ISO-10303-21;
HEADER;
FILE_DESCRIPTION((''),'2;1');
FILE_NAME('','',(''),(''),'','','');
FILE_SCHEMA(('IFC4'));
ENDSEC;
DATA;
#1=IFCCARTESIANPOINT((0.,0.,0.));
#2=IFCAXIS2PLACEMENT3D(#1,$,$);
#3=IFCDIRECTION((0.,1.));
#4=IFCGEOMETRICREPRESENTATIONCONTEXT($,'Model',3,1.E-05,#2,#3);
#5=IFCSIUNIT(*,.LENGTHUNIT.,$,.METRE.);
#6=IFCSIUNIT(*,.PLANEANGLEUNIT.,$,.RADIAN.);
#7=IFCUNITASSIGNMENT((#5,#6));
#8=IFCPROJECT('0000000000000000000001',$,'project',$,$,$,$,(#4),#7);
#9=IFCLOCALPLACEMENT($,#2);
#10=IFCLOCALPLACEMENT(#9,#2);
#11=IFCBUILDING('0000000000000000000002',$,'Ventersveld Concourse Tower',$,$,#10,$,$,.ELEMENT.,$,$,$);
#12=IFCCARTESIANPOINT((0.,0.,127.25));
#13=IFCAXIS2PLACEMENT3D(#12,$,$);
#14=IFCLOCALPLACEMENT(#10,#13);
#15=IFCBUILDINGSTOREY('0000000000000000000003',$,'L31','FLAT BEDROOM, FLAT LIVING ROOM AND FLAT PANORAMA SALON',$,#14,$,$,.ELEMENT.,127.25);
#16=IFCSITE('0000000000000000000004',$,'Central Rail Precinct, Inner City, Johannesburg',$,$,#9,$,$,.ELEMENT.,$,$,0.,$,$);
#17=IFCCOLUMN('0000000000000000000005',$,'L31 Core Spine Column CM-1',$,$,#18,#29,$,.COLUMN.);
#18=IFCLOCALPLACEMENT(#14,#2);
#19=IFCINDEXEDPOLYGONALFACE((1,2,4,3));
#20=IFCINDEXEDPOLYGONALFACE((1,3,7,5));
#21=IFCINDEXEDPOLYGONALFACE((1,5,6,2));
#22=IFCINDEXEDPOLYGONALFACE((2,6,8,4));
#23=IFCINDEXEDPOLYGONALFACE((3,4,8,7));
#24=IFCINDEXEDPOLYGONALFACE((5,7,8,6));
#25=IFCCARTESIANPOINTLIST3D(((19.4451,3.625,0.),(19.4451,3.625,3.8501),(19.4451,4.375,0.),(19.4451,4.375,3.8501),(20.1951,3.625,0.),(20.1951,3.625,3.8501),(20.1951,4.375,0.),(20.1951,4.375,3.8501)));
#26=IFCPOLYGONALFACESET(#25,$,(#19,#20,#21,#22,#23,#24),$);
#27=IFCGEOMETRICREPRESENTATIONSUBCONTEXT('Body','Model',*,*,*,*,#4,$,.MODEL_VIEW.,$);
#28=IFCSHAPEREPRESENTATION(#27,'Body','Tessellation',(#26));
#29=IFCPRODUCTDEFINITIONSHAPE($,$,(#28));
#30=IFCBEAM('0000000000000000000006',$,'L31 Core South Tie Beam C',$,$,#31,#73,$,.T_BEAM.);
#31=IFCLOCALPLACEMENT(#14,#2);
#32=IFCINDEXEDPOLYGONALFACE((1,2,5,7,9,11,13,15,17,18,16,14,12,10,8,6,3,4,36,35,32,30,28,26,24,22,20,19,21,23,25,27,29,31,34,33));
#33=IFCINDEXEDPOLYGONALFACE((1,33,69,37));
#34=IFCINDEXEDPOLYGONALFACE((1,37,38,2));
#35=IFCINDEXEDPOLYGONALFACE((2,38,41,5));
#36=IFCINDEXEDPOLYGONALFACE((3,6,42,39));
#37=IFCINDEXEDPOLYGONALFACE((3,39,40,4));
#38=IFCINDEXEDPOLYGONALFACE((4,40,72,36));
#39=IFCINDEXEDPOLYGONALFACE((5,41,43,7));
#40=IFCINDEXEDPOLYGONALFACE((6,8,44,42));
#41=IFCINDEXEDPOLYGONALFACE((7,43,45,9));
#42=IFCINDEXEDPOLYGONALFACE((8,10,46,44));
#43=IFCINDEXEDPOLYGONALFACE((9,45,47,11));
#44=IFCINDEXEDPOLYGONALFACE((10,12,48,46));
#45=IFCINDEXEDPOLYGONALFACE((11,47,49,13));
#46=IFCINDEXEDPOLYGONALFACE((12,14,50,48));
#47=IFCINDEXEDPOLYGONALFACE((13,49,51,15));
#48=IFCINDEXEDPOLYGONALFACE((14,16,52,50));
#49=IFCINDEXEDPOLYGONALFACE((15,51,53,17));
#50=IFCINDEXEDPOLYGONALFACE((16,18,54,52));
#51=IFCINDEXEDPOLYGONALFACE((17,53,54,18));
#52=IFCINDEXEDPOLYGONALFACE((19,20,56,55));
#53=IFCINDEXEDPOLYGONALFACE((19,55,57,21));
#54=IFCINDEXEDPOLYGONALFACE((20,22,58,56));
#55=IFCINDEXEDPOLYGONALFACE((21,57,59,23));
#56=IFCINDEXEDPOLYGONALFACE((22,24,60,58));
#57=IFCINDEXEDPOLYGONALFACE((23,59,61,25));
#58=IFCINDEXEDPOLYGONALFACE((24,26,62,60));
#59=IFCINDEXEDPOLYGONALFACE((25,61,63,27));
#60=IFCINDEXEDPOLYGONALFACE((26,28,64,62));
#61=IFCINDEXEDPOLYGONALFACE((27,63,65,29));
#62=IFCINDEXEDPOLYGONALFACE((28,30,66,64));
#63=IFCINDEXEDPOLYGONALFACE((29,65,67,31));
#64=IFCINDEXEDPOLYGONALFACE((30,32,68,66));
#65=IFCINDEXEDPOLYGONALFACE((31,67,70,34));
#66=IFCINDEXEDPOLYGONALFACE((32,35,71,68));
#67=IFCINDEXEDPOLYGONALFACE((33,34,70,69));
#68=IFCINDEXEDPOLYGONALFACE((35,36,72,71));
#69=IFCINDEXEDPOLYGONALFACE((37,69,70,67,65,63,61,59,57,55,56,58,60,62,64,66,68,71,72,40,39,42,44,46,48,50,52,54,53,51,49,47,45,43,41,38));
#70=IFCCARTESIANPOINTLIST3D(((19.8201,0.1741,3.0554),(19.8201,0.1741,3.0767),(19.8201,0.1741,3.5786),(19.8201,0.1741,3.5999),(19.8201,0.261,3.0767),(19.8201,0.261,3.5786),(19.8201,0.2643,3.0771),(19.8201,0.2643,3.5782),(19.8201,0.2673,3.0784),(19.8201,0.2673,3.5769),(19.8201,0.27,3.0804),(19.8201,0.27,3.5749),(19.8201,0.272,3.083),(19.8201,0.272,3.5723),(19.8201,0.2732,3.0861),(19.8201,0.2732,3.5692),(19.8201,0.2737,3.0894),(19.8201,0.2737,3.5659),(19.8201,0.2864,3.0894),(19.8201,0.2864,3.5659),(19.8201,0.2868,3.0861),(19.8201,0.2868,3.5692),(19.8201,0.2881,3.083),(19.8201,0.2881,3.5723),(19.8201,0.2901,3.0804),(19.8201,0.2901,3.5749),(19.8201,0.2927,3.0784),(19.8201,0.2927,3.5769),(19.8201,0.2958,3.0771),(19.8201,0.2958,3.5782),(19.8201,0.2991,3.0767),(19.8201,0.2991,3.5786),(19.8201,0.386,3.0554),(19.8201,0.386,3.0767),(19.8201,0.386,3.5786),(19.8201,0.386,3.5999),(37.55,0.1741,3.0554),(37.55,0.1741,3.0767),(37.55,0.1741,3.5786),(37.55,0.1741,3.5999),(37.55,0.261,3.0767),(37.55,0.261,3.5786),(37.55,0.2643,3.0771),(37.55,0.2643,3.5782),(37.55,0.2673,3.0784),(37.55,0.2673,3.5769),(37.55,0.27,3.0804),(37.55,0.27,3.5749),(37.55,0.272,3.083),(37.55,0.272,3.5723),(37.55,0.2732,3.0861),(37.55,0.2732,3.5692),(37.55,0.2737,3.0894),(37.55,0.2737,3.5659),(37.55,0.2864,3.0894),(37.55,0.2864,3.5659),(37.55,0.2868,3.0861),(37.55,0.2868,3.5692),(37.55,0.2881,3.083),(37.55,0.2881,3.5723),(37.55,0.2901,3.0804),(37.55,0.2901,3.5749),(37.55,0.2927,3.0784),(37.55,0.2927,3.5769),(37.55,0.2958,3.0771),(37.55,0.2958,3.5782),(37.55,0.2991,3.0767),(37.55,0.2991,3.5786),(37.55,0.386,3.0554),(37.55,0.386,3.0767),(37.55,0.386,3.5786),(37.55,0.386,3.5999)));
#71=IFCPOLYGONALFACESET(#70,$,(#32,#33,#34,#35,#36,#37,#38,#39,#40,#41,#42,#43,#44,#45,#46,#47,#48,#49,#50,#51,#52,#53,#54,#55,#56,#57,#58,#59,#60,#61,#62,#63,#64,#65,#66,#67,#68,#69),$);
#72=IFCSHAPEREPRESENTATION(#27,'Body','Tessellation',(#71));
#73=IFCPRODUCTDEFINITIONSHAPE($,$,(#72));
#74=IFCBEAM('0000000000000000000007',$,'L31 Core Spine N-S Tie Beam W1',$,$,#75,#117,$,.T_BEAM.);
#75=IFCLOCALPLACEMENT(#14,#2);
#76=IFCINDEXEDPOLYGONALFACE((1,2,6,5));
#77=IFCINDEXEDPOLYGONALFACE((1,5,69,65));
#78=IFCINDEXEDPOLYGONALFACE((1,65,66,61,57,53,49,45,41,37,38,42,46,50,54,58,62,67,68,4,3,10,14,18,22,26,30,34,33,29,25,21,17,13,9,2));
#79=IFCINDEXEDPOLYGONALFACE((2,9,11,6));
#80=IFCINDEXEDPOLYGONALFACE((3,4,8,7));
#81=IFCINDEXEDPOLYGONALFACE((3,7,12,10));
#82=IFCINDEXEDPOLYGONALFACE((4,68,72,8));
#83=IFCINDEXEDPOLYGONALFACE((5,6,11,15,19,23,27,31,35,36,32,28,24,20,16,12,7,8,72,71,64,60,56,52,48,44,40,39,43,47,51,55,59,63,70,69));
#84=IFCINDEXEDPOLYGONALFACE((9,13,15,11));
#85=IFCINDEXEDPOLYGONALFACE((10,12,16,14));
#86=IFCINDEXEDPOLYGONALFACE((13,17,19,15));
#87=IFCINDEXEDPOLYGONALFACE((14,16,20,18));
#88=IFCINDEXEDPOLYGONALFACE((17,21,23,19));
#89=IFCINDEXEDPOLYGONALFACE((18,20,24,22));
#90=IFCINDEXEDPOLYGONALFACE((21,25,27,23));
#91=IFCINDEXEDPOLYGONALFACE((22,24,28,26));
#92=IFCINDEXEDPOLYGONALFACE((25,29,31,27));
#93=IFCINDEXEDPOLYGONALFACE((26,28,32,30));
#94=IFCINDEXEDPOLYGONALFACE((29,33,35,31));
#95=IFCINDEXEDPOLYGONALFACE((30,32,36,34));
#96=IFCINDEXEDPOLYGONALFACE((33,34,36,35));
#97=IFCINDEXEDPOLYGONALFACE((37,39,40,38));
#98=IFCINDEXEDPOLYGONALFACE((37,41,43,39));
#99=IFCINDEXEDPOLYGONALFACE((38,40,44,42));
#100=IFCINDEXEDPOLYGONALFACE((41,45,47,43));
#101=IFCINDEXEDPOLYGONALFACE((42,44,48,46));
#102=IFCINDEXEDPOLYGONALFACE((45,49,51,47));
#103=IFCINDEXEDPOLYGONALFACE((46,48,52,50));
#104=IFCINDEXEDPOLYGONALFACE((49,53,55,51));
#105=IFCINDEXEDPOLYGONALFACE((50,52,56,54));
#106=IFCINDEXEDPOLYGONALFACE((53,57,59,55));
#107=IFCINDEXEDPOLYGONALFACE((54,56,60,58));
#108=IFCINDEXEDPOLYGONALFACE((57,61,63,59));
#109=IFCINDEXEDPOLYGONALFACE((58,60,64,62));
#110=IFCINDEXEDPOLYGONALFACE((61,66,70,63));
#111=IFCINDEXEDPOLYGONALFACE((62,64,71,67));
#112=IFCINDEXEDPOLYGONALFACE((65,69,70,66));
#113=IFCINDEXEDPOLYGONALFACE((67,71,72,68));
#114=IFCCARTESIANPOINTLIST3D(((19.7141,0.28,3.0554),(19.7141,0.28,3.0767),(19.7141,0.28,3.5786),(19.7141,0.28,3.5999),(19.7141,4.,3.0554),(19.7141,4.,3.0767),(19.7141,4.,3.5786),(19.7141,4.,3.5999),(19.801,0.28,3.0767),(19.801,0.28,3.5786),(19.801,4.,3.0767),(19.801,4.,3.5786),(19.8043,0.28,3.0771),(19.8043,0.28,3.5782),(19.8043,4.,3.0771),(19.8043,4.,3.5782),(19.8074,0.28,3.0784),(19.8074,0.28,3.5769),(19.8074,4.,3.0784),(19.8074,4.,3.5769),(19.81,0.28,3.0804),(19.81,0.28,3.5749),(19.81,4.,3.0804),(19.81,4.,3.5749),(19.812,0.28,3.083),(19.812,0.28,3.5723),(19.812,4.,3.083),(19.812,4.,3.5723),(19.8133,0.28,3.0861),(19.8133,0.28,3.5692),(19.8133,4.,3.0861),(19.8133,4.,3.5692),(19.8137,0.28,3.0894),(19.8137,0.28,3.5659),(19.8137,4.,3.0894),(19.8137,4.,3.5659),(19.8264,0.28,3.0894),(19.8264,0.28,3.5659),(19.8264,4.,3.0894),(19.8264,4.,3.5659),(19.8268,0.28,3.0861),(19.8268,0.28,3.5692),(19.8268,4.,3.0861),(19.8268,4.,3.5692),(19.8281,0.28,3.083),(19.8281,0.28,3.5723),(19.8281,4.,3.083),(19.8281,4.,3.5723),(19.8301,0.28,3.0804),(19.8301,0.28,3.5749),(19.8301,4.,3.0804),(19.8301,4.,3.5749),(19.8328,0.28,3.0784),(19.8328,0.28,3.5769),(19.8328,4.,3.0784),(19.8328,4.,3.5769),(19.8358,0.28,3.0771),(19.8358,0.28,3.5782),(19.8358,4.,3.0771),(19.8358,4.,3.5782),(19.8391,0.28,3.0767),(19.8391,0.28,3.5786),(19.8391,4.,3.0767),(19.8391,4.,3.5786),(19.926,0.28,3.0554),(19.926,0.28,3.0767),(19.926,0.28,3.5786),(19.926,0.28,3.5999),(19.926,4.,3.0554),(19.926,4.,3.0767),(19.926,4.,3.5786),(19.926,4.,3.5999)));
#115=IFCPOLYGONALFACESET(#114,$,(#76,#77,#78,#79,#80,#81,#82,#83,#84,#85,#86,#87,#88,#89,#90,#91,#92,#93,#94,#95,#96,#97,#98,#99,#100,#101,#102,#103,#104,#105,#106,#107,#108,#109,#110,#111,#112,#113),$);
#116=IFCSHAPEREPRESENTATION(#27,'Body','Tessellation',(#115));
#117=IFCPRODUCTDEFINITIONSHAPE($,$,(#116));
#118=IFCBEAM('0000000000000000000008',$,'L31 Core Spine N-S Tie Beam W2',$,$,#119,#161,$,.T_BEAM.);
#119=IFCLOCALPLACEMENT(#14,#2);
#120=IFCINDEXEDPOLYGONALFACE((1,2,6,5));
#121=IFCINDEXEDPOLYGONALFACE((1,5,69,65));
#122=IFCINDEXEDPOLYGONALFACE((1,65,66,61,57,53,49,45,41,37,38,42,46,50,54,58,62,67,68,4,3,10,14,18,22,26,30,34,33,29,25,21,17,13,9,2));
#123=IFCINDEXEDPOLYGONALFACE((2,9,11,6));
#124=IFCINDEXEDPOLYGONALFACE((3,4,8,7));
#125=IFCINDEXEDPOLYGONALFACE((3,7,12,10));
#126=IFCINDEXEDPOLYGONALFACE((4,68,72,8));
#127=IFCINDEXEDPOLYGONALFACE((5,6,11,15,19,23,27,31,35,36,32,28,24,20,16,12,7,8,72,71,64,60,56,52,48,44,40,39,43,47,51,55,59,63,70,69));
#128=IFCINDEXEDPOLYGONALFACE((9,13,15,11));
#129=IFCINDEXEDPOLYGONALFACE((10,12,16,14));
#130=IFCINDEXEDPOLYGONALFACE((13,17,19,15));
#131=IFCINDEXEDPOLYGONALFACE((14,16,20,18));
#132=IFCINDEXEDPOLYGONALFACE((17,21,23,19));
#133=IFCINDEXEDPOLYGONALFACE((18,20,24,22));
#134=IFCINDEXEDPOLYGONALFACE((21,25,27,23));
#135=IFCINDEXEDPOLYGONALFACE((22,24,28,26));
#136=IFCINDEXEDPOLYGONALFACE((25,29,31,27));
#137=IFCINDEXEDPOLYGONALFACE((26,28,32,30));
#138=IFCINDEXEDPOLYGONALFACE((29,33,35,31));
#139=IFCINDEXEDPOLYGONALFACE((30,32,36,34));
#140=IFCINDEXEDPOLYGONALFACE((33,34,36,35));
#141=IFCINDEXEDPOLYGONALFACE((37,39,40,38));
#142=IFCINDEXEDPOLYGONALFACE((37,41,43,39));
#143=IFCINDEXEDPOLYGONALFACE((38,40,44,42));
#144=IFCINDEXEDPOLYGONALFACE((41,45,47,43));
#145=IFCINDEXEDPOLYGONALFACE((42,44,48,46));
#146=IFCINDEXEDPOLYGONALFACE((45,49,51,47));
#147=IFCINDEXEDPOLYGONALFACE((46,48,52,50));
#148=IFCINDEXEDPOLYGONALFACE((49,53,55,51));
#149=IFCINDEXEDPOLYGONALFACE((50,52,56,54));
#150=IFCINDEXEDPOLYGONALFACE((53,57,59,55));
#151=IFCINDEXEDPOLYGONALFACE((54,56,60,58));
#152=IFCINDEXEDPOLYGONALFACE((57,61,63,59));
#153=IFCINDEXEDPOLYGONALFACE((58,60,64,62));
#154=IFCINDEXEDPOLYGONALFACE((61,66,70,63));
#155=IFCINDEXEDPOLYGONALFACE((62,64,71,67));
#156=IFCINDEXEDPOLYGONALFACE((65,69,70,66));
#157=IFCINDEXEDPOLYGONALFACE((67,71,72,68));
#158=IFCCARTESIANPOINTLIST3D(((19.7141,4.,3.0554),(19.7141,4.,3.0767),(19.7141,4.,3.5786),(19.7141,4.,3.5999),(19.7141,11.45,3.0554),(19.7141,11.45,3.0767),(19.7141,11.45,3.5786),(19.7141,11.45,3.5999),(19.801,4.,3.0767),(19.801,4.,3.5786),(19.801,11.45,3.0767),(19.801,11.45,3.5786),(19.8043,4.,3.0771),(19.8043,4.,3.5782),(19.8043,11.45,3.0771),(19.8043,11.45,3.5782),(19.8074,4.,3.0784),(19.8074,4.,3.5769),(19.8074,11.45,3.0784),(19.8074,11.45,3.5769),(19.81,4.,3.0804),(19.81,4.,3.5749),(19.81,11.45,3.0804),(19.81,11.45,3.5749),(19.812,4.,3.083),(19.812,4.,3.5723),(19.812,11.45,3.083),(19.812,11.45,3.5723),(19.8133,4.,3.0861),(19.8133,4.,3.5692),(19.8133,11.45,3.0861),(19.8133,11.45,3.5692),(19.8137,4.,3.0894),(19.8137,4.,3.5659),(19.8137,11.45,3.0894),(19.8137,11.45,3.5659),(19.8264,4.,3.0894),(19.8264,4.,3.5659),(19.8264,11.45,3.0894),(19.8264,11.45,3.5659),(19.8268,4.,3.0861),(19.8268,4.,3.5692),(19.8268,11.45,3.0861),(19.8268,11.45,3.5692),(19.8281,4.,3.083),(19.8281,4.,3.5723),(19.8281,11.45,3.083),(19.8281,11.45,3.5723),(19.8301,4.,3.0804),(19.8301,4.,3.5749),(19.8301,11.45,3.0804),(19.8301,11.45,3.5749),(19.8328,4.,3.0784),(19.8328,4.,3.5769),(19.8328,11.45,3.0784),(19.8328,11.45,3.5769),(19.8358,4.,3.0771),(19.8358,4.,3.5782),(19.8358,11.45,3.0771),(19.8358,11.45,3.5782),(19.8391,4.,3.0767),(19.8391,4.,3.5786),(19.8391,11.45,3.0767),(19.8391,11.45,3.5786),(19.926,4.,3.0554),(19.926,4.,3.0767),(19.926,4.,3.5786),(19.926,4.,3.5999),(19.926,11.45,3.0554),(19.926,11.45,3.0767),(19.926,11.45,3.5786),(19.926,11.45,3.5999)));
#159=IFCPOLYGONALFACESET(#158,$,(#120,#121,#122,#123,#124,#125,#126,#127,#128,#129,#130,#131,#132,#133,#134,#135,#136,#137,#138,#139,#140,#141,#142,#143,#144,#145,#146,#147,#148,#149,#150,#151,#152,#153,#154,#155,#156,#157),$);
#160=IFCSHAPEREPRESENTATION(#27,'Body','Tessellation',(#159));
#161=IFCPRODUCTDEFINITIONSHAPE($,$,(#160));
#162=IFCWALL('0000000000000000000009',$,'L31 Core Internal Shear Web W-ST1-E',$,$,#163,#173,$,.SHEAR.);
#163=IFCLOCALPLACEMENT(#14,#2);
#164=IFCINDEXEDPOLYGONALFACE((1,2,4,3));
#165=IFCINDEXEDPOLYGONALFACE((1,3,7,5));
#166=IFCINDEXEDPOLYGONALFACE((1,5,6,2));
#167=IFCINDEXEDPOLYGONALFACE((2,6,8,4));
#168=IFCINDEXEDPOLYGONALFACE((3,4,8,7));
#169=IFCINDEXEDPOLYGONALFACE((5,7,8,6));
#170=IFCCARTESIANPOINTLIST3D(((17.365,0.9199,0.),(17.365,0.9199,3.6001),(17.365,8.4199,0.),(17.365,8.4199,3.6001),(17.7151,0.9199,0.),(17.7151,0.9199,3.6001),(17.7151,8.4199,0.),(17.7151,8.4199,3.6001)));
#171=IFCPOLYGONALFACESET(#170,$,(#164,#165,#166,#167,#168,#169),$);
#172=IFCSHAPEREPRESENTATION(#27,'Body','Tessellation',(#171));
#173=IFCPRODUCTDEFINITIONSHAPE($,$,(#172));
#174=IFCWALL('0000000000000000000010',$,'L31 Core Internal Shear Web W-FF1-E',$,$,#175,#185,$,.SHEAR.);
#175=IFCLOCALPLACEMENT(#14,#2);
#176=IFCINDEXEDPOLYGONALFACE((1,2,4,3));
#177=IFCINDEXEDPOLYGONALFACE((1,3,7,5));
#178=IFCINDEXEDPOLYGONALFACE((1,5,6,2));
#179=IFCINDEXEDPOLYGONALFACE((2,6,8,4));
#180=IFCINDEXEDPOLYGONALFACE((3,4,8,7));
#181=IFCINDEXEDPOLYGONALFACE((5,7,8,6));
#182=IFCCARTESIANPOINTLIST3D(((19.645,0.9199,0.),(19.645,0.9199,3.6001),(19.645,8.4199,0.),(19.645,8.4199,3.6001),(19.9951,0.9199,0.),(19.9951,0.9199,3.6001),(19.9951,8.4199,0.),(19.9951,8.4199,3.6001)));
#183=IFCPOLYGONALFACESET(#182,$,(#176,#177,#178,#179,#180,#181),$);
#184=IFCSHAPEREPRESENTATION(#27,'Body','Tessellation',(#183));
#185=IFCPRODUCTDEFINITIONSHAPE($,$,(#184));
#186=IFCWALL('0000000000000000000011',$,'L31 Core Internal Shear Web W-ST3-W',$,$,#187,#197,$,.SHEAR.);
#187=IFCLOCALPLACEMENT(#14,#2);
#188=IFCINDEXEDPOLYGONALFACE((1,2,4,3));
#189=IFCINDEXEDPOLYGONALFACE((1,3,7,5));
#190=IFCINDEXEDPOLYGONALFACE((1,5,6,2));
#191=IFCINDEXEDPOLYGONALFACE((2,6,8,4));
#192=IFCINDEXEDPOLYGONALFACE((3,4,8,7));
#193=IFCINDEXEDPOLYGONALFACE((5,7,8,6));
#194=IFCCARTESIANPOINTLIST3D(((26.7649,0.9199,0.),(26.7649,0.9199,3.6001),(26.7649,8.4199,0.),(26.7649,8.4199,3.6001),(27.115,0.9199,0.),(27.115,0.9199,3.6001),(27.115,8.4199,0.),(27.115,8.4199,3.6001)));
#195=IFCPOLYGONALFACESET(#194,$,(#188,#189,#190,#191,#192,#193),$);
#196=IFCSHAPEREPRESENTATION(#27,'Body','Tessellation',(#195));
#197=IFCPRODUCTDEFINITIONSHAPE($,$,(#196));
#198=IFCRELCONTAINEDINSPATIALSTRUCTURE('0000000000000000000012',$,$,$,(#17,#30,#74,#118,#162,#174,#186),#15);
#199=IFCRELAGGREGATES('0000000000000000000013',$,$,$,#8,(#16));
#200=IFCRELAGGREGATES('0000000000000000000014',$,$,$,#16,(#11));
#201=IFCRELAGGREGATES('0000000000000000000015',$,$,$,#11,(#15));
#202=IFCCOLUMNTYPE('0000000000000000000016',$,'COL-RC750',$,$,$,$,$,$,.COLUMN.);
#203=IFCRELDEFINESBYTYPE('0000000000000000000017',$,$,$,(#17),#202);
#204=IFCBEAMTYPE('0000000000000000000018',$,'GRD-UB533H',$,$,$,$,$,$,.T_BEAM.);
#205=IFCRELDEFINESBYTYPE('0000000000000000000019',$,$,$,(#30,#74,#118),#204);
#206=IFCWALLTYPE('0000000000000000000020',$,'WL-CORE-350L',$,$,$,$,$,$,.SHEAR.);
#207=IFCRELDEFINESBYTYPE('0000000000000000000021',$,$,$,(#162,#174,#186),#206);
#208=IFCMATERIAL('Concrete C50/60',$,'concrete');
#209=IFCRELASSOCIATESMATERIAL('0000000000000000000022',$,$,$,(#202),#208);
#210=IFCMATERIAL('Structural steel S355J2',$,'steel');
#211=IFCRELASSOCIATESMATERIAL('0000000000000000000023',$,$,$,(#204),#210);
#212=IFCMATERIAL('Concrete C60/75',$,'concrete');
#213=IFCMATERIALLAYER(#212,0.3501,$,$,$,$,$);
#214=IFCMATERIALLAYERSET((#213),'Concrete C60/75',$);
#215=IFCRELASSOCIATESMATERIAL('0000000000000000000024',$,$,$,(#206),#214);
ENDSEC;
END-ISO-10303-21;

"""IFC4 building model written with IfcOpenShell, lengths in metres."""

from ifc_helpers import new_model, si_unit, direction, frame, frame_2d, origin, origin_2d, place, context, subcontext, project, spatial, rectangle, i_section, extrude, material, layer, layer_set, material_profile, profile_set, type_object, element, save


model = new_model("IFC4")

# Units and contexts
model_context = context("Model", 3, precision=1e-05, world=origin(), true_north=direction((0.0, 1.0)))
body_context = subcontext(model_context, "Body", "Model", "MODEL_VIEW")
ifc_project = project(units=[si_unit("LENGTHUNIT", "METRE"), si_unit("PLANEANGLEUNIT", "RADIAN")], contexts=[model_context])

# Site, building, storey
site_placement = place(None, origin())
site = spatial("IfcSite", under=ifc_project, at=site_placement, Name="Central Rail Precinct, Inner City, Johannesburg", CompositionType="ELEMENT", RefElevation=0.0)
building_placement = place(site_placement, origin())
building = spatial("IfcBuilding", under=site, at=building_placement, Name="Ventersveld Concourse Tower", CompositionType="ELEMENT")
storey_placement = place(building_placement, frame((0.0, 0.0, 127.25)))
storey = spatial("IfcBuildingStorey", under=building, at=storey_placement, Name="L31", Description="FLAT BEDROOM, FLAT LIVING ROOM AND FLAT PANORAMA SALON", CompositionType="ELEMENT", Elevation=127.25)

# Column
ifc_material_1 = material(Name="Concrete C50/60", Category="concrete")
ifc_material_profile_1 = material_profile(ifc_material_1, rectangle(XDim=0.75, YDim=0.75, at=origin_2d()), Name="RC 750x750")
ifc_profile_set_1 = profile_set([ifc_material_profile_1], Name="Concrete C50/60")
column_type = type_object("IfcColumnType", Name="COL-RC750", PredefinedType="COLUMN", material=ifc_profile_set_1)
column_placement = place(storey_placement, frame((19.8201, 4.0, 0.0), z_axis=(0.0, 0.0, 1.0), x_axis=(1.0, 0.0, 0.0)))
element("IfcColumn", 1, at=column_placement, inside=storey, type_object=column_type, Name="L31 Core Spine Column CM-1", PredefinedType="COLUMN", context=body_context, shape_type="SweptSolid", body=[
    extrude(rectangle(XDim=0.75, YDim=0.75, at=origin_2d()), origin(), (0.0, 0.0, 1.0), 3.8501),
])

# Beams
ifc_material_2 = material(Name="Structural steel S355J2", Category="steel")
ifc_material_profile_2 = material_profile(ifc_material_2, i_section(OverallWidth=0.2119, OverallDepth=0.5444, WebThickness=0.0127, FlangeThickness=0.0212, FilletRadius=0.0127, at=origin_2d()), Name="UB 533x210x122")
ifc_profile_set_2 = profile_set([ifc_material_profile_2], Name="Structural steel S355J2")
beam_type = type_object("IfcBeamType", Name="GRD-UB533H", PredefinedType="T_BEAM", material=ifc_profile_set_2)
beam_1_placement = place(storey_placement, frame((19.8201, 0.28, 3.3276), z_axis=(1.0, 0.0, 0.0), x_axis=(0.0, 1.0, 0.0)))
element("IfcBeam", 2, at=beam_1_placement, inside=storey, type_object=beam_type, Name="L31 Core South Tie Beam C", PredefinedType="T_BEAM", context=body_context, shape_type="SweptSolid", body=[
    extrude(i_section(OverallWidth=0.2119, OverallDepth=0.5444, WebThickness=0.0127, FlangeThickness=0.0212, FilletRadius=0.0127, at=origin_2d()), origin(), (0.0, 0.0, 1.0), 17.73),
])
beam_2_placement = place(storey_placement, frame((19.8201, 0.28, 3.3276), z_axis=(0.0, 1.0, 0.0), x_axis=(-1.0, 0.0, 0.0)))
element("IfcBeam", 3, at=beam_2_placement, inside=storey, type_object=beam_type, Name="L31 Core Spine N-S Tie Beam W1", PredefinedType="T_BEAM", context=body_context, shape_type="SweptSolid", body=[
    extrude(i_section(OverallWidth=0.2119, OverallDepth=0.5444, WebThickness=0.0127, FlangeThickness=0.0212, FilletRadius=0.0127, at=origin_2d()), origin(), (0.0, 0.0, 1.0), 3.72),
])
beam_3_placement = place(storey_placement, frame((19.8201, 4.0, 3.3276), z_axis=(0.0, 1.0, 0.0), x_axis=(-1.0, 0.0, 0.0)))
element("IfcBeam", 4, at=beam_3_placement, inside=storey, type_object=beam_type, Name="L31 Core Spine N-S Tie Beam W2", PredefinedType="T_BEAM", context=body_context, shape_type="SweptSolid", body=[
    extrude(i_section(OverallWidth=0.2119, OverallDepth=0.5444, WebThickness=0.0127, FlangeThickness=0.0212, FilletRadius=0.0127, at=origin_2d()), origin(), (0.0, 0.0, 1.0), 7.45),
])

# Walls
ifc_material_3 = material(Name="Concrete C60/75", Category="concrete")
ifc_layer_1 = layer(ifc_material_3, 0.3501)
ifc_layer_set_1 = layer_set([ifc_layer_1], Name="Concrete C60/75")
wall_type_1 = type_object("IfcWallType", Name="WL-CORE-350L", PredefinedType="SHEAR", material=ifc_layer_set_1)
for number, where, z_axis, x_axis, name in (
    (5, (17.54, 0.9199, 0.0), (0.0, 0.0, 1.0), (0.0, 1.0, 0.0), "L31 Core Internal Shear Web W-ST1-E"),
    (6, (19.8201, 0.9199, 0.0), (0.0, 0.0, 1.0), (0.0, 1.0, 0.0), "L31 Core Internal Shear Web W-FF1-E"),
    (7, (26.9399, 0.9199, 0.0), (0.0, 0.0, 1.0), (0.0, 1.0, 0.0), "L31 Core Internal Shear Web W-ST3-W"),
):
    element("IfcWall", number, at=place(storey_placement, frame(where, z_axis=z_axis, x_axis=x_axis)), inside=storey, type_object=wall_type_1, Name=name, PredefinedType="SHEAR", context=body_context, shape_type="SweptSolid", body=[
        extrude(rectangle(XDim=7.5, YDim=0.3501, at=frame_2d((3.75, 0.0))), origin(), (0.0, 0.0, 1.0), 3.6001),
    ])

save(model, "model.ifc")
